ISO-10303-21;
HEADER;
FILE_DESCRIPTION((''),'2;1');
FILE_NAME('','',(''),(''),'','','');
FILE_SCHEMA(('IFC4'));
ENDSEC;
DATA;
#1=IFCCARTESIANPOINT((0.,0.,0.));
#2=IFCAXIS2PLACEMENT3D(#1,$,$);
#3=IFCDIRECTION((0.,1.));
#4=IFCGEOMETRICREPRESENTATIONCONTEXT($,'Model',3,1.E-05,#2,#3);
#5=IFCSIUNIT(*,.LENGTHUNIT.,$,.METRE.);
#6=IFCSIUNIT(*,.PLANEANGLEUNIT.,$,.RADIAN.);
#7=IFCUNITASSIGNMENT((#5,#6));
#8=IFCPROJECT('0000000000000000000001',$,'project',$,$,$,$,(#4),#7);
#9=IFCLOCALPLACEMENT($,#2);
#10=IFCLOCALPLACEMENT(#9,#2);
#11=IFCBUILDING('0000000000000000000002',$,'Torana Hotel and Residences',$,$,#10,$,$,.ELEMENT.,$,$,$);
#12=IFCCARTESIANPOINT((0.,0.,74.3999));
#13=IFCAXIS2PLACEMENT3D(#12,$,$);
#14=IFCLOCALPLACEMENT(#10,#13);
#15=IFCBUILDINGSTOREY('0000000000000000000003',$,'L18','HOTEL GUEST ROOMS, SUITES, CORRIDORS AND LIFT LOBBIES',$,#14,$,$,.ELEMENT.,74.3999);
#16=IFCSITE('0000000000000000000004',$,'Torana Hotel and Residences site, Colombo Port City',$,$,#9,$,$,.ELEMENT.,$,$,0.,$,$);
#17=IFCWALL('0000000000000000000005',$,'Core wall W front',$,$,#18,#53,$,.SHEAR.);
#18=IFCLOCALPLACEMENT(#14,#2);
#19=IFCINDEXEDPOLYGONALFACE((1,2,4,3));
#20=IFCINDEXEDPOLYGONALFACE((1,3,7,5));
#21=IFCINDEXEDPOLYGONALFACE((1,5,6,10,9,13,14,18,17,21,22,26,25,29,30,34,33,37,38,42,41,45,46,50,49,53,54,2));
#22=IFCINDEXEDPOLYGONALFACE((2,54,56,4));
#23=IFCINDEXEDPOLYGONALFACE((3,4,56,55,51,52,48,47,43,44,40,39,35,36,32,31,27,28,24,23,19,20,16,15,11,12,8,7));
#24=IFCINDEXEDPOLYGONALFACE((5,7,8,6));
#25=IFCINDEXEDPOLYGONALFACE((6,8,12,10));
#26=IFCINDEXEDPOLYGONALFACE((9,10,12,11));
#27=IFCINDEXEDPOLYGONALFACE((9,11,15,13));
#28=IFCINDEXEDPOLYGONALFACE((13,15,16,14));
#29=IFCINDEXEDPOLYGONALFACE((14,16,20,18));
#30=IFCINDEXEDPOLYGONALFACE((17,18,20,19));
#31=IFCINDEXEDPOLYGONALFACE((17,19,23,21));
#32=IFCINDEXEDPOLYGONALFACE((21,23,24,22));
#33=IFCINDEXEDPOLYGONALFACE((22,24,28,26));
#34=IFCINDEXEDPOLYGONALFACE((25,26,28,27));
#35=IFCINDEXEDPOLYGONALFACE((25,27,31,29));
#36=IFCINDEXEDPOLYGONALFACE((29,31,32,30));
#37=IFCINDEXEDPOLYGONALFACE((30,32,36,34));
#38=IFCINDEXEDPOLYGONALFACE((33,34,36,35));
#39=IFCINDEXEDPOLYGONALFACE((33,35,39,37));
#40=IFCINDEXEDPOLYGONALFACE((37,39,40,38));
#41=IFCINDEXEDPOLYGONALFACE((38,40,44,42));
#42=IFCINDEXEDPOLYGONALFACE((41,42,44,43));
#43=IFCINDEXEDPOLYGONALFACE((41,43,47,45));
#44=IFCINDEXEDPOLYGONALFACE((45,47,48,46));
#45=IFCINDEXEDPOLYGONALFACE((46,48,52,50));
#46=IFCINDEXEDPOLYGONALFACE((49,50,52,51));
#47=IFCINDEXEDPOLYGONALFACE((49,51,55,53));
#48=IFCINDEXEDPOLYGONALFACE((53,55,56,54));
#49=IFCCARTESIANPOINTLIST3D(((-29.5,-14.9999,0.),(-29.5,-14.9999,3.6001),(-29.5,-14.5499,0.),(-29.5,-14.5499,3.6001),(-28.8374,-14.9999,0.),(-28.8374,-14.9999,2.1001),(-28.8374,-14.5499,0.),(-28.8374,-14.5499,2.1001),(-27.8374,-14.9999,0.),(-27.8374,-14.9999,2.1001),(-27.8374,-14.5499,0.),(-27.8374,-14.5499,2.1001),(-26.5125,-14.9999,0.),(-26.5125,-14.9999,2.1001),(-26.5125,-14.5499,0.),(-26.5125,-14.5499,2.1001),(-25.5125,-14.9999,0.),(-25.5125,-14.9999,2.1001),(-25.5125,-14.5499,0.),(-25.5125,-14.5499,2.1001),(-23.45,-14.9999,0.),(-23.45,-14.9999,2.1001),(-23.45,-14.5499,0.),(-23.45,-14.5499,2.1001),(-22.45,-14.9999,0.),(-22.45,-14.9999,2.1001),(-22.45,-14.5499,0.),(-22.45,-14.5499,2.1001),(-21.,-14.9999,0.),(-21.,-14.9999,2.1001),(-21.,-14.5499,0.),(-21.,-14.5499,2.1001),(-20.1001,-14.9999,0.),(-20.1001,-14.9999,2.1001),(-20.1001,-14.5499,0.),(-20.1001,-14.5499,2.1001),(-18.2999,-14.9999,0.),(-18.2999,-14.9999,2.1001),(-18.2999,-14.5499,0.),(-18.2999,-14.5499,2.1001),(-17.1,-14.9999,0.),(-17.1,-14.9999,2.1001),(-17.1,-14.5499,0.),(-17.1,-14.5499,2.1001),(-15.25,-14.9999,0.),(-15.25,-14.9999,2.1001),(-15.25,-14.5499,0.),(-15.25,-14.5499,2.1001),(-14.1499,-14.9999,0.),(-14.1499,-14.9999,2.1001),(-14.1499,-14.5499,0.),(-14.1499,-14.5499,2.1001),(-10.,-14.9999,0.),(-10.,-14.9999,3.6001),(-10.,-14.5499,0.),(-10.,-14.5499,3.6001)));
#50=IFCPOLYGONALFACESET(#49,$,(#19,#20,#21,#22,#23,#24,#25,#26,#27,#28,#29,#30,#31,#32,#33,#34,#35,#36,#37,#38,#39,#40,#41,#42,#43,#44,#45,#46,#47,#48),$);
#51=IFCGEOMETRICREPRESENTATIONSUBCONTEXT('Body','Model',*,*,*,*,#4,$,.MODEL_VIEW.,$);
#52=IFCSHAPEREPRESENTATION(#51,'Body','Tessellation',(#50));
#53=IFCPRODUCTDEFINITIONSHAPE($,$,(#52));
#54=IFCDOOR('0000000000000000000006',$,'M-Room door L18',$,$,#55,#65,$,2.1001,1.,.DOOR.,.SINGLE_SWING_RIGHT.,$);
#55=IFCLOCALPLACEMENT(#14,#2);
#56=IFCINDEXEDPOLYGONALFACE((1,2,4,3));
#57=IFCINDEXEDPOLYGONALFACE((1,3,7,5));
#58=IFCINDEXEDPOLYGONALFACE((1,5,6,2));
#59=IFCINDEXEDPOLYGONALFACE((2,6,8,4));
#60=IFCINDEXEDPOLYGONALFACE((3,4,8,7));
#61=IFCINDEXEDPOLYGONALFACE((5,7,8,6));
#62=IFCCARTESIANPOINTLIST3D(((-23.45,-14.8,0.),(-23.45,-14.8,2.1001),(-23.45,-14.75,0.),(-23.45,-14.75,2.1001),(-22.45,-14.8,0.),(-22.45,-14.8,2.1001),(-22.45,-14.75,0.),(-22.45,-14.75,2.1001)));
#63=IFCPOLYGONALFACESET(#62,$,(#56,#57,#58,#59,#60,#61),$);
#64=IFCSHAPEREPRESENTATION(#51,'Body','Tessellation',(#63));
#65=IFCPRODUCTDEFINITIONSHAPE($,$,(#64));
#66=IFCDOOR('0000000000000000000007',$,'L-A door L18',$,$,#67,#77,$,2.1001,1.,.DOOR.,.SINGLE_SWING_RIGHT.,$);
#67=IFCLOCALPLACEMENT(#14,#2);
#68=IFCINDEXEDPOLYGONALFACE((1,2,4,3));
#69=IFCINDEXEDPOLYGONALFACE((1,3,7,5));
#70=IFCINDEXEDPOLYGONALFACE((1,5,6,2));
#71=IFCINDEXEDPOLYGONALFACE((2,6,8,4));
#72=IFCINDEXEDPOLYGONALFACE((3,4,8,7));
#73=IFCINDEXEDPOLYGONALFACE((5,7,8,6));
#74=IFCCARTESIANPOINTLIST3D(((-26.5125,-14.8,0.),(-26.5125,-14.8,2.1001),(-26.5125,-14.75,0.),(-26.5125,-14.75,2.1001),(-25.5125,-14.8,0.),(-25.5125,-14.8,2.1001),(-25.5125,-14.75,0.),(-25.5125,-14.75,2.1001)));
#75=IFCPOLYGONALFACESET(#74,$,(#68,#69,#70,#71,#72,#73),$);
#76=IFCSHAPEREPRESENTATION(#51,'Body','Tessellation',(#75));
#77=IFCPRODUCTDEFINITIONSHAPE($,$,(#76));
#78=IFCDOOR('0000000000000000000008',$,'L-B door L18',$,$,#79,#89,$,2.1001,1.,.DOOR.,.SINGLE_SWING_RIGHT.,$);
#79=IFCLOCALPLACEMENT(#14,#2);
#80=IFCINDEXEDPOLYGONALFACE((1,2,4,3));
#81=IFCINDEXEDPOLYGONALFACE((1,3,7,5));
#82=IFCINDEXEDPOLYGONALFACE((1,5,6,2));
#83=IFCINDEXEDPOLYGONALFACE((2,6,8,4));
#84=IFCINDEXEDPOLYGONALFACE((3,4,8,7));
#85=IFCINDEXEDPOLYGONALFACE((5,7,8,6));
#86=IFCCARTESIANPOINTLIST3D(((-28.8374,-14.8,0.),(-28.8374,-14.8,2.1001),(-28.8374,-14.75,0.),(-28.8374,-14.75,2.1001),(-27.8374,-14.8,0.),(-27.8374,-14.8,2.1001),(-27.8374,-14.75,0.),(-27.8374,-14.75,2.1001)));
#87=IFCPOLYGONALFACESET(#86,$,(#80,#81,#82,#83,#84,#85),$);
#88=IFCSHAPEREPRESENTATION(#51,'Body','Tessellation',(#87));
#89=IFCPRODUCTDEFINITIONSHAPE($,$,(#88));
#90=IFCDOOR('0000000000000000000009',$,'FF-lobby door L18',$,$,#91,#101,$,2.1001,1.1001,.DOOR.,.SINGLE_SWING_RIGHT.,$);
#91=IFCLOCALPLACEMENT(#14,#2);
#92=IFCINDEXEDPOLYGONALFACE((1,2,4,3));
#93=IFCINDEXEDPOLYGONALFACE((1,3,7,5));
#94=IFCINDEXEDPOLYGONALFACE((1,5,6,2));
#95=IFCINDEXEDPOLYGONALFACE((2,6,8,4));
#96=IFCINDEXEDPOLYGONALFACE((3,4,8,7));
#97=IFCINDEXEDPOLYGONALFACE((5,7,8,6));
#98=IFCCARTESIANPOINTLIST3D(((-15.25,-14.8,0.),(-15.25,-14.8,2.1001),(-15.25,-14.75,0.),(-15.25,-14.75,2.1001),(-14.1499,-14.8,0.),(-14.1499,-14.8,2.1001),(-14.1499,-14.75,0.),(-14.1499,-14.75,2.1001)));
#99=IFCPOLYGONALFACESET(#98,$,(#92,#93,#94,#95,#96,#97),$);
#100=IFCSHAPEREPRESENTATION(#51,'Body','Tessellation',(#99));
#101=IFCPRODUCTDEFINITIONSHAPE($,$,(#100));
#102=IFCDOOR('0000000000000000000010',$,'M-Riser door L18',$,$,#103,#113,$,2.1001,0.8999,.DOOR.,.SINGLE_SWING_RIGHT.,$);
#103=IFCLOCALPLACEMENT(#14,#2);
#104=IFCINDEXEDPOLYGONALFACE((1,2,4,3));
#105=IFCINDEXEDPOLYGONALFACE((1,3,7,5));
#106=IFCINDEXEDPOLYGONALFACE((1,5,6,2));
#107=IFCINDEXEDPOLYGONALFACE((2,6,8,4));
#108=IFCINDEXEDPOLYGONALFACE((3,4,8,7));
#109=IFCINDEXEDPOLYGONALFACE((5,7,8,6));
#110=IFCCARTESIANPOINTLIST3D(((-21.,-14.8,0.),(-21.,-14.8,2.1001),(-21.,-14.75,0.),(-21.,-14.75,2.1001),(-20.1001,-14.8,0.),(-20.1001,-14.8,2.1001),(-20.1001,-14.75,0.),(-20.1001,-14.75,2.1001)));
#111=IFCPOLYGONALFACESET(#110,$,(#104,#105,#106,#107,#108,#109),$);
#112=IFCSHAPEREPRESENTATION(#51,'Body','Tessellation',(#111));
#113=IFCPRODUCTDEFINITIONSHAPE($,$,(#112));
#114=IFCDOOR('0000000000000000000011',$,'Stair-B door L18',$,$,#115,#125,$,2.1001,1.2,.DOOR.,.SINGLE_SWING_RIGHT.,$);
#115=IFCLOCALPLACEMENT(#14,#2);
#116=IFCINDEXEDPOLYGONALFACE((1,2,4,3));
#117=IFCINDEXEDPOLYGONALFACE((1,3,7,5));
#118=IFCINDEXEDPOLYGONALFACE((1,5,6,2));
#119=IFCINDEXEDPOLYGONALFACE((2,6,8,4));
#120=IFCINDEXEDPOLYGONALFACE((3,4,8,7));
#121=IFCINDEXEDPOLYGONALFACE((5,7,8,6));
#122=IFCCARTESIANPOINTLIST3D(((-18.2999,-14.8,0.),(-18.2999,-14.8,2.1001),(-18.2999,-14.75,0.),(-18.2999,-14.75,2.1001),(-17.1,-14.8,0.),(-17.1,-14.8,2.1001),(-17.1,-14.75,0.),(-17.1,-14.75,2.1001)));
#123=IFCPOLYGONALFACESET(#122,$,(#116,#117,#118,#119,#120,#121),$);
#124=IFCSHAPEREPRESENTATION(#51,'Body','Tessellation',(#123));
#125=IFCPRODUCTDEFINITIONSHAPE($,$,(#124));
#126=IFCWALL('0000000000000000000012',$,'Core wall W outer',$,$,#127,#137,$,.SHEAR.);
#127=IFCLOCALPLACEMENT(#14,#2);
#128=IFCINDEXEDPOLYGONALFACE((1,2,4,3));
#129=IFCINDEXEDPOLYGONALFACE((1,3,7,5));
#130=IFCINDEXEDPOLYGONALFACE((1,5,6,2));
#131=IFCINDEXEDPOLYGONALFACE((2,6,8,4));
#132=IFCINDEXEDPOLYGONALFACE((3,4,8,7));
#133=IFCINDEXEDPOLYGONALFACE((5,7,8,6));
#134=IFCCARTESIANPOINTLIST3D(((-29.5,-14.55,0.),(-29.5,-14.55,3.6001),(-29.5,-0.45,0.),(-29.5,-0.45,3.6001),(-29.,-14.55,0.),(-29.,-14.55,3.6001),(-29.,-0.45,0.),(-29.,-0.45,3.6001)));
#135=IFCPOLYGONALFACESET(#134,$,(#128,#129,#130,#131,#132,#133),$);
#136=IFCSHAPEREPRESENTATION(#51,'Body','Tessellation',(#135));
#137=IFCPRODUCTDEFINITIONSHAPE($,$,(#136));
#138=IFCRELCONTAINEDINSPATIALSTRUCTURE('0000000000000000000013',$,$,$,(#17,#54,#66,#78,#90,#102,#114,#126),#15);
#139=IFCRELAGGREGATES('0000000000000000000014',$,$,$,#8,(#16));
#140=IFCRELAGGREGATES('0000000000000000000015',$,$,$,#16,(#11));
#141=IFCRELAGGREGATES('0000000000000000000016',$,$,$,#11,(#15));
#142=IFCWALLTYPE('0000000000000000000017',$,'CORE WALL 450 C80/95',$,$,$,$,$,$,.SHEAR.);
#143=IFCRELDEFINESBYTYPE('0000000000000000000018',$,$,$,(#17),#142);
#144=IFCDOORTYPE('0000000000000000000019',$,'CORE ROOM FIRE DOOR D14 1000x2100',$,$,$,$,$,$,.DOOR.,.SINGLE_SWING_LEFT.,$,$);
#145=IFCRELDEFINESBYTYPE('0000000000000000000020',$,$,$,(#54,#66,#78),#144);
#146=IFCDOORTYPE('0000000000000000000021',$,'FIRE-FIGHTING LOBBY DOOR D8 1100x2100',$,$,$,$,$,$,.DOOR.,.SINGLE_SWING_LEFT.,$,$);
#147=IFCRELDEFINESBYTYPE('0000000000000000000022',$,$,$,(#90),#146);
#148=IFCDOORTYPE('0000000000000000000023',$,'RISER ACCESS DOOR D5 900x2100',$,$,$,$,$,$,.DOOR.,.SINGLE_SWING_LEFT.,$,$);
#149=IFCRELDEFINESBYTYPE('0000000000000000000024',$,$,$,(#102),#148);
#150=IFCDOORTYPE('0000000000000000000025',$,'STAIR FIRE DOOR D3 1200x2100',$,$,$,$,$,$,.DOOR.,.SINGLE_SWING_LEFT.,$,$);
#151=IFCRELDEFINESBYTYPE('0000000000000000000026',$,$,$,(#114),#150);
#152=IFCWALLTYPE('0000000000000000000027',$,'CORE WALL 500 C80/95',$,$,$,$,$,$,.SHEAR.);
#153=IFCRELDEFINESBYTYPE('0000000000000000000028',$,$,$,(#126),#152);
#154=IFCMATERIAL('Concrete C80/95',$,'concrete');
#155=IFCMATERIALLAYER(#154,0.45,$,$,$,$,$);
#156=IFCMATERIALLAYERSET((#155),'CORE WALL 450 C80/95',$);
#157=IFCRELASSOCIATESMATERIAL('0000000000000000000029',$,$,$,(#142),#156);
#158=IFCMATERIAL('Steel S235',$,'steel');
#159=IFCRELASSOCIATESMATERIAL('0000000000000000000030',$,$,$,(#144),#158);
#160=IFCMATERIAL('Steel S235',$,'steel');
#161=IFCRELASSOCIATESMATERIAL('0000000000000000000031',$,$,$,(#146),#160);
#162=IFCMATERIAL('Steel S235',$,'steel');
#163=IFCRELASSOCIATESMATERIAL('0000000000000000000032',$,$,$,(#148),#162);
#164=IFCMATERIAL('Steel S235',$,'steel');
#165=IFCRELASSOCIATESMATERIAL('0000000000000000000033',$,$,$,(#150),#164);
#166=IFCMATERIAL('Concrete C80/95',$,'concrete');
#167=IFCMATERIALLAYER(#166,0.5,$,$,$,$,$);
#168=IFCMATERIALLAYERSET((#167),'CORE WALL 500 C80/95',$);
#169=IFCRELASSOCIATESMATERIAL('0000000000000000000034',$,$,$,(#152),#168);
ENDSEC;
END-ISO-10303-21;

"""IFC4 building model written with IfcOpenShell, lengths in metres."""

from ifc_helpers import new_model, si_unit, direction, frame, frame_2d, origin, place, context, subcontext, project, spatial, rectangle, extrude, material, layer, layer_set, type_object, element, fill, save


model = new_model("IFC4")

# Units and contexts
model_context = context("Model", 3, precision=1e-05, world=origin(), true_north=direction((0.0, 1.0)))
body_context = subcontext(model_context, "Body", "Model", "MODEL_VIEW")
ifc_project = project(units=[si_unit("LENGTHUNIT", "METRE"), si_unit("PLANEANGLEUNIT", "RADIAN")], contexts=[model_context])

# Site, building, storey
site_placement = place(None, origin())
site = spatial("IfcSite", under=ifc_project, at=site_placement, Name="Torana Hotel and Residences site, Colombo Port City", CompositionType="ELEMENT", RefElevation=0.0)
building_placement = place(site_placement, origin())
building = spatial("IfcBuilding", under=site, at=building_placement, Name="Torana Hotel and Residences", CompositionType="ELEMENT")
storey_placement = place(building_placement, frame((0.0, 0.0, 74.3999)))
storey = spatial("IfcBuildingStorey", under=building, at=storey_placement, Name="L18", Description="HOTEL GUEST ROOMS, SUITES, CORRIDORS AND LIFT LOBBIES", CompositionType="ELEMENT", Elevation=74.3999)

# Wall, openings, doors
ifc_material_1 = material(Name="Concrete C80/95", Category="concrete")
ifc_layer_1 = layer(ifc_material_1, 0.45)
ifc_layer_set_1 = layer_set([ifc_layer_1], Name="CORE WALL 450 C80/95")
wall_type_1 = type_object("IfcWallType", Name="CORE WALL 450 C80/95", PredefinedType="SHEAR", material=ifc_layer_set_1)
wall_1_placement = place(storey_placement, frame((-29.5, -14.7749, 0.0), z_axis=(0.0, 0.0, 1.0), x_axis=(1.0, 0.0, 0.0)))
wall_1 = element("IfcWall", 1, at=wall_1_placement, inside=storey, type_object=wall_type_1, Name="Core wall W front", PredefinedType="SHEAR", context=body_context, shape_type="SweptSolid", body=[
    extrude(rectangle(XDim=19.5, YDim=0.45, at=frame_2d((9.75, 0.0))), origin(), (0.0, 0.0, 1.0), 3.6001),
])
opening_1_placement = place(wall_1_placement, frame((11.2, 0.0, 0.0)))
opening_1 = element("IfcOpeningElement", 2, at=opening_1_placement, cuts=wall_1, PredefinedType="OPENING", context=body_context, shape_type="SweptSolid", body=[
    extrude(rectangle(XDim=1.2, YDim=2.1001, at=frame_2d((0.6001, 1.05))), frame((0.0, 0.2349, 0.0), z_axis=(0.0, -1.0, 0.0), x_axis=(1.0, 0.0, 0.0)), (0.0, 0.0, 1.0), 0.47),
])
opening_2_placement = place(wall_1_placement, frame((14.25, 0.0, 0.0)))
opening_2 = element("IfcOpeningElement", 3, at=opening_2_placement, cuts=wall_1, PredefinedType="OPENING", context=body_context, shape_type="SweptSolid", body=[
    extrude(rectangle(XDim=1.1001, YDim=2.1001, at=frame_2d((0.55, 1.05))), frame((0.0, 0.2349, 0.0), z_axis=(0.0, -1.0, 0.0), x_axis=(1.0, 0.0, 0.0)), (0.0, 0.0, 1.0), 0.47),
])
opening_3_placement = place(wall_1_placement, frame((8.5, 0.0, 0.0)))
opening_3 = element("IfcOpeningElement", 4, at=opening_3_placement, cuts=wall_1, PredefinedType="OPENING", context=body_context, shape_type="SweptSolid", body=[
    extrude(rectangle(XDim=0.8999, YDim=2.1001, at=frame_2d((0.45, 1.05))), frame((0.0, 0.2349, 0.0), z_axis=(0.0, -1.0, 0.0), x_axis=(1.0, 0.0, 0.0)), (0.0, 0.0, 1.0), 0.47),
])
opening_4_placement = place(wall_1_placement, frame((6.05, 0.0, 0.0)))
opening_4 = element("IfcOpeningElement", 5, at=opening_4_placement, cuts=wall_1, PredefinedType="OPENING", context=body_context, shape_type="SweptSolid", body=[
    extrude(rectangle(XDim=1.0, YDim=2.1001, at=frame_2d((0.5, 1.05))), frame((0.0, 0.2349, 0.0), z_axis=(0.0, -1.0, 0.0), x_axis=(1.0, 0.0, 0.0)), (0.0, 0.0, 1.0), 0.47),
])
opening_5_placement = place(wall_1_placement, frame((2.9875, 0.0, 0.0)))
opening_5 = element("IfcOpeningElement", 6, at=opening_5_placement, cuts=wall_1, PredefinedType="OPENING", context=body_context, shape_type="SweptSolid", body=[
    extrude(rectangle(XDim=1.0, YDim=2.1001, at=frame_2d((0.5, 1.05))), frame((0.0, 0.2349, 0.0), z_axis=(0.0, -1.0, 0.0), x_axis=(1.0, 0.0, 0.0)), (0.0, 0.0, 1.0), 0.47),
])
opening_6_placement = place(wall_1_placement, frame((0.6626, 0.0, 0.0)))
opening_6 = element("IfcOpeningElement", 7, at=opening_6_placement, cuts=wall_1, PredefinedType="OPENING", context=body_context, shape_type="SweptSolid", body=[
    extrude(rectangle(XDim=1.0, YDim=2.1001, at=frame_2d((0.5, 1.05))), frame((0.0, 0.2349, 0.0), z_axis=(0.0, -1.0, 0.0), x_axis=(1.0, 0.0, 0.0)), (0.0, 0.0, 1.0), 0.47),
])
ifc_material_2 = material(Name="Steel S235", Category="steel")
door_type_1 = type_object("IfcDoorType", Name="CORE ROOM FIRE DOOR D14 1000x2100", OperationType="SINGLE_SWING_LEFT", PredefinedType="DOOR", material=ifc_material_2)
door_1_placement = place(opening_4_placement, origin())
door_1 = element("IfcDoor", 8, at=door_1_placement, inside=storey, type_object=door_type_1, Name="M-Room door L18", OperationType="SINGLE_SWING_RIGHT", OverallHeight=2.1001, OverallWidth=1.0, PredefinedType="DOOR", context=body_context, shape_type="SweptSolid", body=[
    extrude(rectangle(XDim=1.0, YDim=2.1001, at=frame_2d((0.5, 1.05))), frame((0.0, 0.0249, 0.0), z_axis=(0.0, -1.0, 0.0), x_axis=(1.0, 0.0, 0.0)), (0.0, 0.0, 1.0), 0.05),
])
fill(opening_4, door_1)
door_2_placement = place(opening_5_placement, origin())
door_2 = element("IfcDoor", 9, at=door_2_placement, inside=storey, type_object=door_type_1, Name="L-A door L18", OperationType="SINGLE_SWING_RIGHT", OverallHeight=2.1001, OverallWidth=1.0, PredefinedType="DOOR", context=body_context, shape_type="SweptSolid", body=[
    extrude(rectangle(XDim=1.0, YDim=2.1001, at=frame_2d((0.5, 1.05))), frame((0.0, 0.0249, 0.0), z_axis=(0.0, -1.0, 0.0), x_axis=(1.0, 0.0, 0.0)), (0.0, 0.0, 1.0), 0.05),
])
fill(opening_5, door_2)
door_3_placement = place(opening_6_placement, origin())
door_3 = element("IfcDoor", 10, at=door_3_placement, inside=storey, type_object=door_type_1, Name="L-B door L18", OperationType="SINGLE_SWING_RIGHT", OverallHeight=2.1001, OverallWidth=1.0, PredefinedType="DOOR", context=body_context, shape_type="SweptSolid", body=[
    extrude(rectangle(XDim=1.0, YDim=2.1001, at=frame_2d((0.5, 1.05))), frame((0.0, 0.0249, 0.0), z_axis=(0.0, -1.0, 0.0), x_axis=(1.0, 0.0, 0.0)), (0.0, 0.0, 1.0), 0.05),
])
fill(opening_6, door_3)
ifc_material_3 = material(Name="Steel S235", Category="steel")
door_type_2 = type_object("IfcDoorType", Name="FIRE-FIGHTING LOBBY DOOR D8 1100x2100", OperationType="SINGLE_SWING_LEFT", PredefinedType="DOOR", material=ifc_material_3)
door_4_placement = place(opening_2_placement, origin())
door_4 = element("IfcDoor", 11, at=door_4_placement, inside=storey, type_object=door_type_2, Name="FF-lobby door L18", OperationType="SINGLE_SWING_RIGHT", OverallHeight=2.1001, OverallWidth=1.1001, PredefinedType="DOOR", context=body_context, shape_type="SweptSolid", body=[
    extrude(rectangle(XDim=1.1001, YDim=2.1001, at=frame_2d((0.55, 1.05))), frame((0.0, 0.0249, 0.0), z_axis=(0.0, -1.0, 0.0), x_axis=(1.0, 0.0, 0.0)), (0.0, 0.0, 1.0), 0.05),
])
fill(opening_2, door_4)
ifc_material_4 = material(Name="Steel S235", Category="steel")
door_type_3 = type_object("IfcDoorType", Name="RISER ACCESS DOOR D5 900x2100", OperationType="SINGLE_SWING_LEFT", PredefinedType="DOOR", material=ifc_material_4)
door_5_placement = place(opening_3_placement, origin())
door_5 = element("IfcDoor", 12, at=door_5_placement, inside=storey, type_object=door_type_3, Name="M-Riser door L18", OperationType="SINGLE_SWING_RIGHT", OverallHeight=2.1001, OverallWidth=0.8999, PredefinedType="DOOR", context=body_context, shape_type="SweptSolid", body=[
    extrude(rectangle(XDim=0.8999, YDim=2.1001, at=frame_2d((0.45, 1.05))), frame((0.0, 0.0249, 0.0), z_axis=(0.0, -1.0, 0.0), x_axis=(1.0, 0.0, 0.0)), (0.0, 0.0, 1.0), 0.05),
])
fill(opening_3, door_5)
ifc_material_5 = material(Name="Steel S235", Category="steel")
door_type_4 = type_object("IfcDoorType", Name="STAIR FIRE DOOR D3 1200x2100", OperationType="SINGLE_SWING_LEFT", PredefinedType="DOOR", material=ifc_material_5)
door_6_placement = place(opening_1_placement, origin())
door_6 = element("IfcDoor", 13, at=door_6_placement, inside=storey, type_object=door_type_4, Name="Stair-B door L18", OperationType="SINGLE_SWING_RIGHT", OverallHeight=2.1001, OverallWidth=1.2, PredefinedType="DOOR", context=body_context, shape_type="SweptSolid", body=[
    extrude(rectangle(XDim=1.2, YDim=2.1001, at=frame_2d((0.6001, 1.05))), frame((0.0, 0.0249, 0.0), z_axis=(0.0, -1.0, 0.0), x_axis=(1.0, 0.0, 0.0)), (0.0, 0.0, 1.0), 0.05),
])
fill(opening_1, door_6)

# Wall
ifc_material_6 = material(Name="Concrete C80/95", Category="concrete")
ifc_layer_2 = layer(ifc_material_6, 0.5)
ifc_layer_set_2 = layer_set([ifc_layer_2], Name="CORE WALL 500 C80/95")
wall_type_2 = type_object("IfcWallType", Name="CORE WALL 500 C80/95", PredefinedType="SHEAR", material=ifc_layer_set_2)
wall_2_placement = place(storey_placement, frame((-29.25, -14.55, 0.0), z_axis=(0.0, 0.0, 1.0), x_axis=(0.0, 1.0, 0.0)))
element("IfcWall", 14, at=wall_2_placement, inside=storey, type_object=wall_type_2, Name="Core wall W outer", PredefinedType="SHEAR", context=body_context, shape_type="SweptSolid", body=[
    extrude(rectangle(XDim=14.1001, YDim=0.5, at=frame_2d((7.05, 0.0))), origin(), (0.0, 0.0, 1.0), 3.6001),
])

save(model, "model.ifc")
